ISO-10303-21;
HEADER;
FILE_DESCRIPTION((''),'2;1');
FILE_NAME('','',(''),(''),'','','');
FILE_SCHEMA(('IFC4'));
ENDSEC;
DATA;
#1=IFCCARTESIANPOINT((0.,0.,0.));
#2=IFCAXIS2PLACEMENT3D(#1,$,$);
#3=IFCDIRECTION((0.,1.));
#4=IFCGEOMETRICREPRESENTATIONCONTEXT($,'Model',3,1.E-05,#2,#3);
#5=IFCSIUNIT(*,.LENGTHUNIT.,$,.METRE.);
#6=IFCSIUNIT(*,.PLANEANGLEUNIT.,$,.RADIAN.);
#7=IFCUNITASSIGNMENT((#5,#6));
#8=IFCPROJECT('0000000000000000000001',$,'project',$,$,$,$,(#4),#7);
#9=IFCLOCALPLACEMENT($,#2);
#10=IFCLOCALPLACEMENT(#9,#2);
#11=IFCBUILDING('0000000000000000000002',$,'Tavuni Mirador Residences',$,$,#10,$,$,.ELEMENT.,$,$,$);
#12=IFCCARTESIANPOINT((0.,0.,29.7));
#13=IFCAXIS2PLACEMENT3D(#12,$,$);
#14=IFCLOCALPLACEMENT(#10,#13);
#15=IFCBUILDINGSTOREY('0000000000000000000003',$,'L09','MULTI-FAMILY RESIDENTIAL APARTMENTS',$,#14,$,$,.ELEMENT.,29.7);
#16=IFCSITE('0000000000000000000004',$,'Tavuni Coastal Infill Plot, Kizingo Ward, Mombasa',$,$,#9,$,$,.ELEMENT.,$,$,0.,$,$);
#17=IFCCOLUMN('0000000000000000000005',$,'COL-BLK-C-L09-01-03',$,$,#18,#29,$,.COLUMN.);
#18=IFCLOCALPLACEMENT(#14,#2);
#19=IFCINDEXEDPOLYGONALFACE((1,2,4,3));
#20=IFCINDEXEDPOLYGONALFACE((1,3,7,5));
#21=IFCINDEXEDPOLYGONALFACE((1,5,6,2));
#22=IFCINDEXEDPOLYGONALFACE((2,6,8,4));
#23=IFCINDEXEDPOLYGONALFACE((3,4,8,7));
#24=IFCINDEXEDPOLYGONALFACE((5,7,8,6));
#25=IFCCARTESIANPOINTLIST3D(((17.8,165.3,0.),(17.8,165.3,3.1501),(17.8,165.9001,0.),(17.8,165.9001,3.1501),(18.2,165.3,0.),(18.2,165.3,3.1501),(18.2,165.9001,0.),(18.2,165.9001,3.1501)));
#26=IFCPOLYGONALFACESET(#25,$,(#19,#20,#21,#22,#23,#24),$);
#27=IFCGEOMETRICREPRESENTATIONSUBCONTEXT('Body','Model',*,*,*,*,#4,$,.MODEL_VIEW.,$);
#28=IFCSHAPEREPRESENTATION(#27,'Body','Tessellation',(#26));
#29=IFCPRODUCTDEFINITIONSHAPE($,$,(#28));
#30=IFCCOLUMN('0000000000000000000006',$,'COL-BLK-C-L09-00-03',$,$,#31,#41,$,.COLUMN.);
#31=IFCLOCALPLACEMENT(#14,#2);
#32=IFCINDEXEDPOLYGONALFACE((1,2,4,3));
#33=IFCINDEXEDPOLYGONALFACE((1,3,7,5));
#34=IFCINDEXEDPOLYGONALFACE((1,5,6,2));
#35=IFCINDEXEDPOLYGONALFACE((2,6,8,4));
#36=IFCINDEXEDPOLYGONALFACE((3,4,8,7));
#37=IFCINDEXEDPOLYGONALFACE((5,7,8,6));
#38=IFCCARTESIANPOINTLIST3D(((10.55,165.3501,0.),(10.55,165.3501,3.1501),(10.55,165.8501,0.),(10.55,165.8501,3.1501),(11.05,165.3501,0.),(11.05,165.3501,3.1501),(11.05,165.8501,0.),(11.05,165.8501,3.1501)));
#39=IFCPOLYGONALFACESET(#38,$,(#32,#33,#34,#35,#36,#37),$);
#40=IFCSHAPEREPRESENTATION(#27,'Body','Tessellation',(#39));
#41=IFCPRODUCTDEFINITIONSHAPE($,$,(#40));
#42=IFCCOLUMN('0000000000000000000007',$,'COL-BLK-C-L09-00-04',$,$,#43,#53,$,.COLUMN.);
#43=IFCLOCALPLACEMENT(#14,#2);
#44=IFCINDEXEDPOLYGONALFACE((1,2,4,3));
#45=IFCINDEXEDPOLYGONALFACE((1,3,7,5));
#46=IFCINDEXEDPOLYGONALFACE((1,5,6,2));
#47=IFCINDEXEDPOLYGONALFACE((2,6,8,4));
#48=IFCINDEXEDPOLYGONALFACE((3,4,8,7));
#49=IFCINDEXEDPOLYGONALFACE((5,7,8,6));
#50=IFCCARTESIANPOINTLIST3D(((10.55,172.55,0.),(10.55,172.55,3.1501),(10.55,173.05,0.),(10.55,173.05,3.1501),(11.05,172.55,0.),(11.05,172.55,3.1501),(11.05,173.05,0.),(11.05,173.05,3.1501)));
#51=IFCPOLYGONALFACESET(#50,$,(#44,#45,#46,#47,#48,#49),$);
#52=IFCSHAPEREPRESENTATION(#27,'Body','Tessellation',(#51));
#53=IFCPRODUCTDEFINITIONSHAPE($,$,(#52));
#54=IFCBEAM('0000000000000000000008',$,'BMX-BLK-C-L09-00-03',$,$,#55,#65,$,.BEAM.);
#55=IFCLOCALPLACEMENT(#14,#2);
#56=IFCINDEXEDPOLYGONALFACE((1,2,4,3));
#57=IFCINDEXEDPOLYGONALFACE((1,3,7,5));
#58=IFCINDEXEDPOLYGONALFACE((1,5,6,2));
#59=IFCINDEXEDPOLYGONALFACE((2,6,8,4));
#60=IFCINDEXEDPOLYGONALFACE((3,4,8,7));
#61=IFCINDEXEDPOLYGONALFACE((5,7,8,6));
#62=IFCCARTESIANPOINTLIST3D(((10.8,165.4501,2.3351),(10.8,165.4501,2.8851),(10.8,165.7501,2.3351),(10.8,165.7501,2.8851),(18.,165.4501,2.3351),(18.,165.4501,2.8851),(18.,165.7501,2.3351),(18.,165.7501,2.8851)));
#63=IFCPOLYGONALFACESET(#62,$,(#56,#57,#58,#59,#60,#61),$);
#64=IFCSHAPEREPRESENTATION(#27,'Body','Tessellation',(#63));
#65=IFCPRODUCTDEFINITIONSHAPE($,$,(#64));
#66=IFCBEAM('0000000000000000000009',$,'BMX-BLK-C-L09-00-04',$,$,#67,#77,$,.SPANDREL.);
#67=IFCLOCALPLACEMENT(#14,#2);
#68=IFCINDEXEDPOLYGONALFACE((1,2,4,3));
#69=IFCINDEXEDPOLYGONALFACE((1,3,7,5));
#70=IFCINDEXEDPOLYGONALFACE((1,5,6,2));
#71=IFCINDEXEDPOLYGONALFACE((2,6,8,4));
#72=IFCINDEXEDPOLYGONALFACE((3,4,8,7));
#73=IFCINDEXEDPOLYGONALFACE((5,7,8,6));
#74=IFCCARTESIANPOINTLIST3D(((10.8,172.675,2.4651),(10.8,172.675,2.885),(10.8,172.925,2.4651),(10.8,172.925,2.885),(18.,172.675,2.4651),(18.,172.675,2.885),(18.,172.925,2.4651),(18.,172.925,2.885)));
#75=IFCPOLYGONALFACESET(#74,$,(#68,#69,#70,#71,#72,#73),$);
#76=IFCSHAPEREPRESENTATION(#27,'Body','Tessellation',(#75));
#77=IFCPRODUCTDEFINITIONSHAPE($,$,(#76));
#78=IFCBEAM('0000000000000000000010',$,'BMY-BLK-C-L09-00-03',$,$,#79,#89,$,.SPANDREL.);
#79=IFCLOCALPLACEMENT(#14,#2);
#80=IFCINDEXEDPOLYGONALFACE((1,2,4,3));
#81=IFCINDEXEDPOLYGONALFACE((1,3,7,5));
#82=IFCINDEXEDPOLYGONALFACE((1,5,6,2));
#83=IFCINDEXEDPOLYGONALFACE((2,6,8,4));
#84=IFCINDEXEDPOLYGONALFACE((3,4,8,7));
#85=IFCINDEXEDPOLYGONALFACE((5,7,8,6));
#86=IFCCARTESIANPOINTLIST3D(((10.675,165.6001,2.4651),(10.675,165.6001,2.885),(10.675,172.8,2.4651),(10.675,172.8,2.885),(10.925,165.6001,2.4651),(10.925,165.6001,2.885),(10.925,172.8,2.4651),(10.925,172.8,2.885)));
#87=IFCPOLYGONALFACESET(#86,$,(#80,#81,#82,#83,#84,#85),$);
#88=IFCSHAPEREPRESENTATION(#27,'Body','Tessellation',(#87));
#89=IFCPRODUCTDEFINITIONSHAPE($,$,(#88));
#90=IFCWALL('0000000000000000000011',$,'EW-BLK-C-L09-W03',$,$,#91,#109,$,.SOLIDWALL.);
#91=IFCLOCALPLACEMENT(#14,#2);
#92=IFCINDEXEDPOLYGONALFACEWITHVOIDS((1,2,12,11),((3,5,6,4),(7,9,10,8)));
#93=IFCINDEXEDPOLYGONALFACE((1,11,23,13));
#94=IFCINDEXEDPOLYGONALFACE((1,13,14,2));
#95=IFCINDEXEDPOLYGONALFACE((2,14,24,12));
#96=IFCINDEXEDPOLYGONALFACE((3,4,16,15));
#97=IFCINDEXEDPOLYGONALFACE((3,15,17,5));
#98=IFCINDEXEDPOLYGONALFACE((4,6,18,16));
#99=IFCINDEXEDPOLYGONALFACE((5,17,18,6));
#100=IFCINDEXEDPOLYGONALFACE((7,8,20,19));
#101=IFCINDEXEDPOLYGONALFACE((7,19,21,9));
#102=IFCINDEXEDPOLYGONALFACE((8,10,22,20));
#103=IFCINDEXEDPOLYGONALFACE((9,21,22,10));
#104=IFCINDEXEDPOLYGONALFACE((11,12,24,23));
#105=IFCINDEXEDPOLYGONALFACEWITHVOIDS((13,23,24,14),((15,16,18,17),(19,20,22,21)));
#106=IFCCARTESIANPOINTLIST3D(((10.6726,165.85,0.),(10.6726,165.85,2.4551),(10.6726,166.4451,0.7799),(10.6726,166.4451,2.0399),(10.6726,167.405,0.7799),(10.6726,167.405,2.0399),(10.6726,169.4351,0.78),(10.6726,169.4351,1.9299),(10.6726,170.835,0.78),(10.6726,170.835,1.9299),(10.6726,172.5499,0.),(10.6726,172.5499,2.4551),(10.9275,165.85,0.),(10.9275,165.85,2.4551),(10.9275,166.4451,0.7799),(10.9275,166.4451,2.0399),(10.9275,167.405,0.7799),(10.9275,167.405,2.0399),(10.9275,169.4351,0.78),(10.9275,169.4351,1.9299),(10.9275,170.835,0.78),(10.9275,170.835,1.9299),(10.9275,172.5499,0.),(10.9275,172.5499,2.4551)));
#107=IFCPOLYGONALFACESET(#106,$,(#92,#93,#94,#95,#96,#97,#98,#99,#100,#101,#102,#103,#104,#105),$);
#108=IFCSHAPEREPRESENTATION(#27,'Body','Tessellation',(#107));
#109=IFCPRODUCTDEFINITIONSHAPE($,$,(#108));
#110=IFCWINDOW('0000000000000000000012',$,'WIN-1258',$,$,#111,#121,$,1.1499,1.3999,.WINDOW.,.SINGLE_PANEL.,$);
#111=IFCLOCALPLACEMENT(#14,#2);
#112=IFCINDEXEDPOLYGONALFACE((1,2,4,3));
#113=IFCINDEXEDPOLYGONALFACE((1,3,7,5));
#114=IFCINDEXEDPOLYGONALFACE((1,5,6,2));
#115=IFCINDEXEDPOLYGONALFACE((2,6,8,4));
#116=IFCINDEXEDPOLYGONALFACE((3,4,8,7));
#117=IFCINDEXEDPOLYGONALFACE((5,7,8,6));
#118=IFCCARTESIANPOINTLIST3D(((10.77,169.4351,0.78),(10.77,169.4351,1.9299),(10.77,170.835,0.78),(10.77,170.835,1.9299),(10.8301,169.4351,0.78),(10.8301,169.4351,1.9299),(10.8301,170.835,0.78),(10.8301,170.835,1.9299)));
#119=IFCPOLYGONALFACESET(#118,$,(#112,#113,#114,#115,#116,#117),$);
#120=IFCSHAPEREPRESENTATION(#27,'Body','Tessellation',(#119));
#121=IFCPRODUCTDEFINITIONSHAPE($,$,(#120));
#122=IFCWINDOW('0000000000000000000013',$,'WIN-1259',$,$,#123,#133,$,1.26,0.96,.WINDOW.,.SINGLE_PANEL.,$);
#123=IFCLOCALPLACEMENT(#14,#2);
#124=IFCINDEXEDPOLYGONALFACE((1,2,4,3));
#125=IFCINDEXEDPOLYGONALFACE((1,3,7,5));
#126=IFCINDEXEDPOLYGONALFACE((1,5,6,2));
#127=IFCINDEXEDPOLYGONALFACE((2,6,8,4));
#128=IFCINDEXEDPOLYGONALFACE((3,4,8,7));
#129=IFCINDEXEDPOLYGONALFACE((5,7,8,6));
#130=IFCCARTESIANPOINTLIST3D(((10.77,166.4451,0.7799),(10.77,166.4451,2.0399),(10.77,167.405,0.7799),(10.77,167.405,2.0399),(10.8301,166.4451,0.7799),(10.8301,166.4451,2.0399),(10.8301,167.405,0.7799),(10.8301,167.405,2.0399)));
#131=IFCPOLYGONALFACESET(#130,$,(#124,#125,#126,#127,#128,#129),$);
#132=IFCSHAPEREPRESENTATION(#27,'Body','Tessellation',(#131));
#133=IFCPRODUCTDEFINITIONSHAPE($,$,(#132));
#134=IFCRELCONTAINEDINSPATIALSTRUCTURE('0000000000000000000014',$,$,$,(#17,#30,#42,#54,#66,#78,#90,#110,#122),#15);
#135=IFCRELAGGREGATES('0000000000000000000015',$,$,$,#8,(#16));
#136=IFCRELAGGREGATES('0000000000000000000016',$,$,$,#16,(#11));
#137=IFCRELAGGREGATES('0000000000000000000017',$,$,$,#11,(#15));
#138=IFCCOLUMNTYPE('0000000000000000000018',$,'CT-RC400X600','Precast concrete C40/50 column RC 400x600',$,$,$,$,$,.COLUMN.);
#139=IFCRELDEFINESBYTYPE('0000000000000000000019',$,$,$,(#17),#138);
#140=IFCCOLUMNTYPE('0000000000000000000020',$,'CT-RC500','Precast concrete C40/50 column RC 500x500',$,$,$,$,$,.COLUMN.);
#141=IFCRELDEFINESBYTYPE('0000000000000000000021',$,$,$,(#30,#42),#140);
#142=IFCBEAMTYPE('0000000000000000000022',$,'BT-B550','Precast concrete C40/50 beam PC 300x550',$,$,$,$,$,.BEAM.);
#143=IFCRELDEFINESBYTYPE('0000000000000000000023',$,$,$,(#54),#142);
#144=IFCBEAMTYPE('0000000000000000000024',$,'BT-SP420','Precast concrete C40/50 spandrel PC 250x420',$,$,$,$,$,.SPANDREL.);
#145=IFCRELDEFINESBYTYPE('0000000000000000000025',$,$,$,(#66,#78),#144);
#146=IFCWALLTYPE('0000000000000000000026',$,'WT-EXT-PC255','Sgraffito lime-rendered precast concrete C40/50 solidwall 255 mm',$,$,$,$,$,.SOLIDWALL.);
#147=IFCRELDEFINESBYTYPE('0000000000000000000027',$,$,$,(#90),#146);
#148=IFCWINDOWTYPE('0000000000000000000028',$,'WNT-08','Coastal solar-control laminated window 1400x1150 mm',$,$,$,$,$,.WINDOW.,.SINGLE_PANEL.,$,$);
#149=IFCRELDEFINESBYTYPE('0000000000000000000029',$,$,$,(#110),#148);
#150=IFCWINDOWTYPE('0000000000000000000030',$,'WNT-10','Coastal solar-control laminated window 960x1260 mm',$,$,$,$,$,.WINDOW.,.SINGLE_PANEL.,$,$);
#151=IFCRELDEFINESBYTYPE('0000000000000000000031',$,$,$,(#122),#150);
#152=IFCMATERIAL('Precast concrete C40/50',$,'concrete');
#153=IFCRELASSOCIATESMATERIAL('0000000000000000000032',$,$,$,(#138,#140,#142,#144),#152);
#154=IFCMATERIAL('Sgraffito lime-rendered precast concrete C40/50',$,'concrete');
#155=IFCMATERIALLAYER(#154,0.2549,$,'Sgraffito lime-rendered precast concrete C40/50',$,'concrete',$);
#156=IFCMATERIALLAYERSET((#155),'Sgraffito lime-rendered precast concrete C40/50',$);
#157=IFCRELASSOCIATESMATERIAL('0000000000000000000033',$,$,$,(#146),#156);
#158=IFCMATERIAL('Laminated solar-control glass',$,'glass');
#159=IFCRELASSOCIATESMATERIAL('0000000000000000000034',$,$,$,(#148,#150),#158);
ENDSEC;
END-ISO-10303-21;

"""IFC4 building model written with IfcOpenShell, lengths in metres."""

from ifc_helpers import new_model, si_unit, direction, frame, frame_2d, origin, origin_2d, place, context, subcontext, project, spatial, rectangle, extrude, material, layer, layer_set, material_profile, profile_set, type_object, element, fill, save


model = new_model("IFC4")

# Units and contexts
model_context = context("Model", 3, precision=1e-05, world=origin(), true_north=direction((0.0, 1.0)))
body_context = subcontext(model_context, "Body", "Model", "MODEL_VIEW")
ifc_project = project(units=[si_unit("LENGTHUNIT", "METRE"), si_unit("PLANEANGLEUNIT", "RADIAN")], contexts=[model_context])

# Site, building, storey
site_placement = place(None, origin())
site = spatial("IfcSite", under=ifc_project, at=site_placement, Name="Tavuni Coastal Infill Plot, Kizingo Ward, Mombasa", CompositionType="ELEMENT", RefElevation=0.0)
building_placement = place(site_placement, origin())
building = spatial("IfcBuilding", under=site, at=building_placement, Name="Tavuni Mirador Residences", CompositionType="ELEMENT")
storey_placement = place(building_placement, frame((0.0, 0.0, 29.7)))
storey = spatial("IfcBuildingStorey", under=building, at=storey_placement, Name="L09", Description="MULTI-FAMILY RESIDENTIAL APARTMENTS", CompositionType="ELEMENT", Elevation=29.7)

# Columns
ifc_material_1 = material(Name="Precast concrete C40/50", Category="concrete")
ifc_material_profile_1 = material_profile(ifc_material_1, rectangle(XDim=0.3999, YDim=0.6001, at=origin_2d()), Name="RC 400x600", Category="concrete")
ifc_profile_set_1 = profile_set([ifc_material_profile_1], Name="Precast concrete C40/50")
column_type_1 = type_object("IfcColumnType", Name="CT-RC400X600", Description="Precast concrete C40/50 column RC 400x600", PredefinedType="COLUMN", material=ifc_profile_set_1)
column_placement = place(storey_placement, frame((18.0, 165.6001, 0.0), z_axis=(0.0, 0.0, 1.0), x_axis=(1.0, 0.0, 0.0)))
element("IfcColumn", 1, at=column_placement, inside=storey, type_object=column_type_1, Name="COL-BLK-C-L09-01-03", PredefinedType="COLUMN", context=body_context, shape_type="SweptSolid", body=[
    extrude(rectangle(XDim=0.3999, YDim=0.6001, at=origin_2d()), origin(), (0.0, 0.0, 1.0), 3.1501),
])
ifc_material_profile_2 = material_profile(ifc_material_1, rectangle(XDim=0.5, YDim=0.5, at=origin_2d()), Name="RC 500x500", Category="concrete")
ifc_profile_set_2 = profile_set([ifc_material_profile_2], Name="Precast concrete C40/50")
column_type_2 = type_object("IfcColumnType", Name="CT-RC500", Description="Precast concrete C40/50 column RC 500x500", PredefinedType="COLUMN", material=ifc_profile_set_2)
for number, where, z_axis, x_axis, name in (
    (2, (10.8, 165.6001, 0.0), (0.0, 0.0, 1.0), (1.0, 0.0, 0.0), "COL-BLK-C-L09-00-03"),
    (3, (10.8, 172.8, 0.0), (0.0, 0.0, 1.0), (1.0, 0.0, 0.0), "COL-BLK-C-L09-00-04"),
):
    element("IfcColumn", number, at=place(storey_placement, frame(where, z_axis=z_axis, x_axis=x_axis)), inside=storey, type_object=column_type_2, Name=name, PredefinedType="COLUMN", context=body_context, shape_type="SweptSolid", body=[
        extrude(rectangle(XDim=0.5, YDim=0.5, at=origin_2d()), origin(), (0.0, 0.0, 1.0), 3.1501),
    ])

# Beams
ifc_material_profile_3 = material_profile(ifc_material_1, rectangle(XDim=0.3, YDim=0.55, at=origin_2d()), Name="PC 300x550", Category="concrete")
ifc_profile_set_3 = profile_set([ifc_material_profile_3], Name="Precast concrete C40/50")
beam_type_1 = type_object("IfcBeamType", Name="BT-B550", Description="Precast concrete C40/50 beam PC 300x550", PredefinedType="BEAM", material=ifc_profile_set_3)
beam_placement = place(storey_placement, frame((10.8, 165.6001, 2.6101), z_axis=(1.0, 0.0, 0.0), x_axis=(0.0, 1.0, 0.0)))
element("IfcBeam", 4, at=beam_placement, inside=storey, type_object=beam_type_1, Name="BMX-BLK-C-L09-00-03", PredefinedType="BEAM", context=body_context, shape_type="SweptSolid", body=[
    extrude(rectangle(XDim=0.3, YDim=0.55, at=origin_2d()), origin(), (0.0, 0.0, 1.0), 7.2),
])
ifc_material_profile_4 = material_profile(ifc_material_1, rectangle(XDim=0.25, YDim=0.4199, at=origin_2d()), Name="PC 250x420", Category="concrete")
ifc_profile_set_4 = profile_set([ifc_material_profile_4], Name="Precast concrete C40/50")
beam_type_2 = type_object("IfcBeamType", Name="BT-SP420", Description="Precast concrete C40/50 spandrel PC 250x420", PredefinedType="SPANDREL", material=ifc_profile_set_4)
for number, where, z_axis, x_axis, name in (
    (5, (10.8, 172.8, 2.675), (1.0, 0.0, 0.0), (0.0, 1.0, 0.0), "BMX-BLK-C-L09-00-04"),
    (6, (10.8, 165.6001, 2.675), (0.0, 1.0, 0.0), (-1.0, 0.0, 0.0), "BMY-BLK-C-L09-00-03"),
):
    element("IfcBeam", number, at=place(storey_placement, frame(where, z_axis=z_axis, x_axis=x_axis)), inside=storey, type_object=beam_type_2, Name=name, PredefinedType="SPANDREL", context=body_context, shape_type="SweptSolid", body=[
        extrude(rectangle(XDim=0.25, YDim=0.4199, at=origin_2d()), origin(), (0.0, 0.0, 1.0), 7.2),
    ])

# Wall, openings, windows
ifc_material_2 = material(Name="Sgraffito lime-rendered precast concrete C40/50", Category="concrete")
ifc_layer_1 = layer(ifc_material_2, 0.2549, Name="Sgraffito lime-rendered precast concrete C40/50", Category="concrete")
ifc_layer_set_1 = layer_set([ifc_layer_1], Name="Sgraffito lime-rendered precast concrete C40/50")
wall_type_1 = type_object("IfcWallType", Name="WT-EXT-PC255", Description="Sgraffito lime-rendered precast concrete C40/50 solidwall 255 mm", PredefinedType="SOLIDWALL", material=ifc_layer_set_1)
wall_1_placement = place(storey_placement, frame((10.8, 172.55, 0.0), z_axis=(0.0, 0.0, 1.0), x_axis=(0.0, -1.0, 0.0)))
wall_1 = element("IfcWall", 7, at=wall_1_placement, inside=storey, type_object=wall_type_1, Name="EW-BLK-C-L09-W03", PredefinedType="SOLIDWALL", context=body_context, shape_type="SweptSolid", body=[
    extrude(rectangle(XDim=6.7, YDim=0.2549, at=frame_2d((3.3501, 0.0))), origin(), (0.0, 0.0, 1.0), 2.4551),
])
opening_1_placement = place(wall_1_placement, frame((1.7151, 0.0, 0.78)))
opening_1 = element("IfcOpeningElement", 8, at=opening_1_placement, cuts=wall_1, PredefinedType="OPENING", context=body_context, shape_type="SweptSolid", body=[
    extrude(rectangle(XDim=1.3999, YDim=1.1499, at=frame_2d((0.7, 0.575))), frame((0.0, 0.1375, 0.0), z_axis=(0.0, -1.0, 0.0), x_axis=(1.0, 0.0, 0.0)), (0.0, 0.0, 1.0), 0.2749),
])
opening_2_placement = place(wall_1_placement, frame((5.145, 0.0, 0.78)))
opening_2 = element("IfcOpeningElement", 9, at=opening_2_placement, cuts=wall_1, PredefinedType="OPENING", context=body_context, shape_type="SweptSolid", body=[
    extrude(rectangle(XDim=0.96, YDim=1.26, at=frame_2d((0.48, 0.6299))), frame((0.0, 0.1375, 0.0), z_axis=(0.0, -1.0, 0.0), x_axis=(1.0, 0.0, 0.0)), (0.0, 0.0, 1.0), 0.2749),
])
ifc_material_3 = material(Name="Laminated solar-control glass", Category="glass")
window_type_1 = type_object("IfcWindowType", Name="WNT-08", Description="Coastal solar-control laminated window 1400x1150 mm", PartitioningType="SINGLE_PANEL", PredefinedType="WINDOW", material=ifc_material_3)
window_1_placement = place(opening_1_placement, origin())
window_1 = element("IfcWindow", 10, at=window_1_placement, inside=storey, type_object=window_type_1, Name="WIN-1258", OverallHeight=1.1499, OverallWidth=1.3999, PartitioningType="SINGLE_PANEL", PredefinedType="WINDOW", context=body_context, shape_type="SweptSolid", body=[
    extrude(rectangle(XDim=1.3999, YDim=1.1499, at=frame_2d((0.7, 0.575))), frame((0.0, 0.03, 0.0), z_axis=(0.0, -1.0, 0.0), x_axis=(1.0, 0.0, 0.0)), (0.0, 0.0, 1.0), 0.0601),
])
fill(opening_1, window_1)
window_type_2 = type_object("IfcWindowType", Name="WNT-10", Description="Coastal solar-control laminated window 960x1260 mm", PartitioningType="SINGLE_PANEL", PredefinedType="WINDOW", material=ifc_material_3)
window_2_placement = place(opening_2_placement, origin())
window_2 = element("IfcWindow", 11, at=window_2_placement, inside=storey, type_object=window_type_2, Name="WIN-1259", OverallHeight=1.26, OverallWidth=0.96, PartitioningType="SINGLE_PANEL", PredefinedType="WINDOW", context=body_context, shape_type="SweptSolid", body=[
    extrude(rectangle(XDim=0.96, YDim=1.26, at=frame_2d((0.48, 0.6299))), frame((0.0, 0.03, 0.0), z_axis=(0.0, -1.0, 0.0), x_axis=(1.0, 0.0, 0.0)), (0.0, 0.0, 1.0), 0.0601),
])
fill(opening_2, window_2)

save(model, "model.ifc")
